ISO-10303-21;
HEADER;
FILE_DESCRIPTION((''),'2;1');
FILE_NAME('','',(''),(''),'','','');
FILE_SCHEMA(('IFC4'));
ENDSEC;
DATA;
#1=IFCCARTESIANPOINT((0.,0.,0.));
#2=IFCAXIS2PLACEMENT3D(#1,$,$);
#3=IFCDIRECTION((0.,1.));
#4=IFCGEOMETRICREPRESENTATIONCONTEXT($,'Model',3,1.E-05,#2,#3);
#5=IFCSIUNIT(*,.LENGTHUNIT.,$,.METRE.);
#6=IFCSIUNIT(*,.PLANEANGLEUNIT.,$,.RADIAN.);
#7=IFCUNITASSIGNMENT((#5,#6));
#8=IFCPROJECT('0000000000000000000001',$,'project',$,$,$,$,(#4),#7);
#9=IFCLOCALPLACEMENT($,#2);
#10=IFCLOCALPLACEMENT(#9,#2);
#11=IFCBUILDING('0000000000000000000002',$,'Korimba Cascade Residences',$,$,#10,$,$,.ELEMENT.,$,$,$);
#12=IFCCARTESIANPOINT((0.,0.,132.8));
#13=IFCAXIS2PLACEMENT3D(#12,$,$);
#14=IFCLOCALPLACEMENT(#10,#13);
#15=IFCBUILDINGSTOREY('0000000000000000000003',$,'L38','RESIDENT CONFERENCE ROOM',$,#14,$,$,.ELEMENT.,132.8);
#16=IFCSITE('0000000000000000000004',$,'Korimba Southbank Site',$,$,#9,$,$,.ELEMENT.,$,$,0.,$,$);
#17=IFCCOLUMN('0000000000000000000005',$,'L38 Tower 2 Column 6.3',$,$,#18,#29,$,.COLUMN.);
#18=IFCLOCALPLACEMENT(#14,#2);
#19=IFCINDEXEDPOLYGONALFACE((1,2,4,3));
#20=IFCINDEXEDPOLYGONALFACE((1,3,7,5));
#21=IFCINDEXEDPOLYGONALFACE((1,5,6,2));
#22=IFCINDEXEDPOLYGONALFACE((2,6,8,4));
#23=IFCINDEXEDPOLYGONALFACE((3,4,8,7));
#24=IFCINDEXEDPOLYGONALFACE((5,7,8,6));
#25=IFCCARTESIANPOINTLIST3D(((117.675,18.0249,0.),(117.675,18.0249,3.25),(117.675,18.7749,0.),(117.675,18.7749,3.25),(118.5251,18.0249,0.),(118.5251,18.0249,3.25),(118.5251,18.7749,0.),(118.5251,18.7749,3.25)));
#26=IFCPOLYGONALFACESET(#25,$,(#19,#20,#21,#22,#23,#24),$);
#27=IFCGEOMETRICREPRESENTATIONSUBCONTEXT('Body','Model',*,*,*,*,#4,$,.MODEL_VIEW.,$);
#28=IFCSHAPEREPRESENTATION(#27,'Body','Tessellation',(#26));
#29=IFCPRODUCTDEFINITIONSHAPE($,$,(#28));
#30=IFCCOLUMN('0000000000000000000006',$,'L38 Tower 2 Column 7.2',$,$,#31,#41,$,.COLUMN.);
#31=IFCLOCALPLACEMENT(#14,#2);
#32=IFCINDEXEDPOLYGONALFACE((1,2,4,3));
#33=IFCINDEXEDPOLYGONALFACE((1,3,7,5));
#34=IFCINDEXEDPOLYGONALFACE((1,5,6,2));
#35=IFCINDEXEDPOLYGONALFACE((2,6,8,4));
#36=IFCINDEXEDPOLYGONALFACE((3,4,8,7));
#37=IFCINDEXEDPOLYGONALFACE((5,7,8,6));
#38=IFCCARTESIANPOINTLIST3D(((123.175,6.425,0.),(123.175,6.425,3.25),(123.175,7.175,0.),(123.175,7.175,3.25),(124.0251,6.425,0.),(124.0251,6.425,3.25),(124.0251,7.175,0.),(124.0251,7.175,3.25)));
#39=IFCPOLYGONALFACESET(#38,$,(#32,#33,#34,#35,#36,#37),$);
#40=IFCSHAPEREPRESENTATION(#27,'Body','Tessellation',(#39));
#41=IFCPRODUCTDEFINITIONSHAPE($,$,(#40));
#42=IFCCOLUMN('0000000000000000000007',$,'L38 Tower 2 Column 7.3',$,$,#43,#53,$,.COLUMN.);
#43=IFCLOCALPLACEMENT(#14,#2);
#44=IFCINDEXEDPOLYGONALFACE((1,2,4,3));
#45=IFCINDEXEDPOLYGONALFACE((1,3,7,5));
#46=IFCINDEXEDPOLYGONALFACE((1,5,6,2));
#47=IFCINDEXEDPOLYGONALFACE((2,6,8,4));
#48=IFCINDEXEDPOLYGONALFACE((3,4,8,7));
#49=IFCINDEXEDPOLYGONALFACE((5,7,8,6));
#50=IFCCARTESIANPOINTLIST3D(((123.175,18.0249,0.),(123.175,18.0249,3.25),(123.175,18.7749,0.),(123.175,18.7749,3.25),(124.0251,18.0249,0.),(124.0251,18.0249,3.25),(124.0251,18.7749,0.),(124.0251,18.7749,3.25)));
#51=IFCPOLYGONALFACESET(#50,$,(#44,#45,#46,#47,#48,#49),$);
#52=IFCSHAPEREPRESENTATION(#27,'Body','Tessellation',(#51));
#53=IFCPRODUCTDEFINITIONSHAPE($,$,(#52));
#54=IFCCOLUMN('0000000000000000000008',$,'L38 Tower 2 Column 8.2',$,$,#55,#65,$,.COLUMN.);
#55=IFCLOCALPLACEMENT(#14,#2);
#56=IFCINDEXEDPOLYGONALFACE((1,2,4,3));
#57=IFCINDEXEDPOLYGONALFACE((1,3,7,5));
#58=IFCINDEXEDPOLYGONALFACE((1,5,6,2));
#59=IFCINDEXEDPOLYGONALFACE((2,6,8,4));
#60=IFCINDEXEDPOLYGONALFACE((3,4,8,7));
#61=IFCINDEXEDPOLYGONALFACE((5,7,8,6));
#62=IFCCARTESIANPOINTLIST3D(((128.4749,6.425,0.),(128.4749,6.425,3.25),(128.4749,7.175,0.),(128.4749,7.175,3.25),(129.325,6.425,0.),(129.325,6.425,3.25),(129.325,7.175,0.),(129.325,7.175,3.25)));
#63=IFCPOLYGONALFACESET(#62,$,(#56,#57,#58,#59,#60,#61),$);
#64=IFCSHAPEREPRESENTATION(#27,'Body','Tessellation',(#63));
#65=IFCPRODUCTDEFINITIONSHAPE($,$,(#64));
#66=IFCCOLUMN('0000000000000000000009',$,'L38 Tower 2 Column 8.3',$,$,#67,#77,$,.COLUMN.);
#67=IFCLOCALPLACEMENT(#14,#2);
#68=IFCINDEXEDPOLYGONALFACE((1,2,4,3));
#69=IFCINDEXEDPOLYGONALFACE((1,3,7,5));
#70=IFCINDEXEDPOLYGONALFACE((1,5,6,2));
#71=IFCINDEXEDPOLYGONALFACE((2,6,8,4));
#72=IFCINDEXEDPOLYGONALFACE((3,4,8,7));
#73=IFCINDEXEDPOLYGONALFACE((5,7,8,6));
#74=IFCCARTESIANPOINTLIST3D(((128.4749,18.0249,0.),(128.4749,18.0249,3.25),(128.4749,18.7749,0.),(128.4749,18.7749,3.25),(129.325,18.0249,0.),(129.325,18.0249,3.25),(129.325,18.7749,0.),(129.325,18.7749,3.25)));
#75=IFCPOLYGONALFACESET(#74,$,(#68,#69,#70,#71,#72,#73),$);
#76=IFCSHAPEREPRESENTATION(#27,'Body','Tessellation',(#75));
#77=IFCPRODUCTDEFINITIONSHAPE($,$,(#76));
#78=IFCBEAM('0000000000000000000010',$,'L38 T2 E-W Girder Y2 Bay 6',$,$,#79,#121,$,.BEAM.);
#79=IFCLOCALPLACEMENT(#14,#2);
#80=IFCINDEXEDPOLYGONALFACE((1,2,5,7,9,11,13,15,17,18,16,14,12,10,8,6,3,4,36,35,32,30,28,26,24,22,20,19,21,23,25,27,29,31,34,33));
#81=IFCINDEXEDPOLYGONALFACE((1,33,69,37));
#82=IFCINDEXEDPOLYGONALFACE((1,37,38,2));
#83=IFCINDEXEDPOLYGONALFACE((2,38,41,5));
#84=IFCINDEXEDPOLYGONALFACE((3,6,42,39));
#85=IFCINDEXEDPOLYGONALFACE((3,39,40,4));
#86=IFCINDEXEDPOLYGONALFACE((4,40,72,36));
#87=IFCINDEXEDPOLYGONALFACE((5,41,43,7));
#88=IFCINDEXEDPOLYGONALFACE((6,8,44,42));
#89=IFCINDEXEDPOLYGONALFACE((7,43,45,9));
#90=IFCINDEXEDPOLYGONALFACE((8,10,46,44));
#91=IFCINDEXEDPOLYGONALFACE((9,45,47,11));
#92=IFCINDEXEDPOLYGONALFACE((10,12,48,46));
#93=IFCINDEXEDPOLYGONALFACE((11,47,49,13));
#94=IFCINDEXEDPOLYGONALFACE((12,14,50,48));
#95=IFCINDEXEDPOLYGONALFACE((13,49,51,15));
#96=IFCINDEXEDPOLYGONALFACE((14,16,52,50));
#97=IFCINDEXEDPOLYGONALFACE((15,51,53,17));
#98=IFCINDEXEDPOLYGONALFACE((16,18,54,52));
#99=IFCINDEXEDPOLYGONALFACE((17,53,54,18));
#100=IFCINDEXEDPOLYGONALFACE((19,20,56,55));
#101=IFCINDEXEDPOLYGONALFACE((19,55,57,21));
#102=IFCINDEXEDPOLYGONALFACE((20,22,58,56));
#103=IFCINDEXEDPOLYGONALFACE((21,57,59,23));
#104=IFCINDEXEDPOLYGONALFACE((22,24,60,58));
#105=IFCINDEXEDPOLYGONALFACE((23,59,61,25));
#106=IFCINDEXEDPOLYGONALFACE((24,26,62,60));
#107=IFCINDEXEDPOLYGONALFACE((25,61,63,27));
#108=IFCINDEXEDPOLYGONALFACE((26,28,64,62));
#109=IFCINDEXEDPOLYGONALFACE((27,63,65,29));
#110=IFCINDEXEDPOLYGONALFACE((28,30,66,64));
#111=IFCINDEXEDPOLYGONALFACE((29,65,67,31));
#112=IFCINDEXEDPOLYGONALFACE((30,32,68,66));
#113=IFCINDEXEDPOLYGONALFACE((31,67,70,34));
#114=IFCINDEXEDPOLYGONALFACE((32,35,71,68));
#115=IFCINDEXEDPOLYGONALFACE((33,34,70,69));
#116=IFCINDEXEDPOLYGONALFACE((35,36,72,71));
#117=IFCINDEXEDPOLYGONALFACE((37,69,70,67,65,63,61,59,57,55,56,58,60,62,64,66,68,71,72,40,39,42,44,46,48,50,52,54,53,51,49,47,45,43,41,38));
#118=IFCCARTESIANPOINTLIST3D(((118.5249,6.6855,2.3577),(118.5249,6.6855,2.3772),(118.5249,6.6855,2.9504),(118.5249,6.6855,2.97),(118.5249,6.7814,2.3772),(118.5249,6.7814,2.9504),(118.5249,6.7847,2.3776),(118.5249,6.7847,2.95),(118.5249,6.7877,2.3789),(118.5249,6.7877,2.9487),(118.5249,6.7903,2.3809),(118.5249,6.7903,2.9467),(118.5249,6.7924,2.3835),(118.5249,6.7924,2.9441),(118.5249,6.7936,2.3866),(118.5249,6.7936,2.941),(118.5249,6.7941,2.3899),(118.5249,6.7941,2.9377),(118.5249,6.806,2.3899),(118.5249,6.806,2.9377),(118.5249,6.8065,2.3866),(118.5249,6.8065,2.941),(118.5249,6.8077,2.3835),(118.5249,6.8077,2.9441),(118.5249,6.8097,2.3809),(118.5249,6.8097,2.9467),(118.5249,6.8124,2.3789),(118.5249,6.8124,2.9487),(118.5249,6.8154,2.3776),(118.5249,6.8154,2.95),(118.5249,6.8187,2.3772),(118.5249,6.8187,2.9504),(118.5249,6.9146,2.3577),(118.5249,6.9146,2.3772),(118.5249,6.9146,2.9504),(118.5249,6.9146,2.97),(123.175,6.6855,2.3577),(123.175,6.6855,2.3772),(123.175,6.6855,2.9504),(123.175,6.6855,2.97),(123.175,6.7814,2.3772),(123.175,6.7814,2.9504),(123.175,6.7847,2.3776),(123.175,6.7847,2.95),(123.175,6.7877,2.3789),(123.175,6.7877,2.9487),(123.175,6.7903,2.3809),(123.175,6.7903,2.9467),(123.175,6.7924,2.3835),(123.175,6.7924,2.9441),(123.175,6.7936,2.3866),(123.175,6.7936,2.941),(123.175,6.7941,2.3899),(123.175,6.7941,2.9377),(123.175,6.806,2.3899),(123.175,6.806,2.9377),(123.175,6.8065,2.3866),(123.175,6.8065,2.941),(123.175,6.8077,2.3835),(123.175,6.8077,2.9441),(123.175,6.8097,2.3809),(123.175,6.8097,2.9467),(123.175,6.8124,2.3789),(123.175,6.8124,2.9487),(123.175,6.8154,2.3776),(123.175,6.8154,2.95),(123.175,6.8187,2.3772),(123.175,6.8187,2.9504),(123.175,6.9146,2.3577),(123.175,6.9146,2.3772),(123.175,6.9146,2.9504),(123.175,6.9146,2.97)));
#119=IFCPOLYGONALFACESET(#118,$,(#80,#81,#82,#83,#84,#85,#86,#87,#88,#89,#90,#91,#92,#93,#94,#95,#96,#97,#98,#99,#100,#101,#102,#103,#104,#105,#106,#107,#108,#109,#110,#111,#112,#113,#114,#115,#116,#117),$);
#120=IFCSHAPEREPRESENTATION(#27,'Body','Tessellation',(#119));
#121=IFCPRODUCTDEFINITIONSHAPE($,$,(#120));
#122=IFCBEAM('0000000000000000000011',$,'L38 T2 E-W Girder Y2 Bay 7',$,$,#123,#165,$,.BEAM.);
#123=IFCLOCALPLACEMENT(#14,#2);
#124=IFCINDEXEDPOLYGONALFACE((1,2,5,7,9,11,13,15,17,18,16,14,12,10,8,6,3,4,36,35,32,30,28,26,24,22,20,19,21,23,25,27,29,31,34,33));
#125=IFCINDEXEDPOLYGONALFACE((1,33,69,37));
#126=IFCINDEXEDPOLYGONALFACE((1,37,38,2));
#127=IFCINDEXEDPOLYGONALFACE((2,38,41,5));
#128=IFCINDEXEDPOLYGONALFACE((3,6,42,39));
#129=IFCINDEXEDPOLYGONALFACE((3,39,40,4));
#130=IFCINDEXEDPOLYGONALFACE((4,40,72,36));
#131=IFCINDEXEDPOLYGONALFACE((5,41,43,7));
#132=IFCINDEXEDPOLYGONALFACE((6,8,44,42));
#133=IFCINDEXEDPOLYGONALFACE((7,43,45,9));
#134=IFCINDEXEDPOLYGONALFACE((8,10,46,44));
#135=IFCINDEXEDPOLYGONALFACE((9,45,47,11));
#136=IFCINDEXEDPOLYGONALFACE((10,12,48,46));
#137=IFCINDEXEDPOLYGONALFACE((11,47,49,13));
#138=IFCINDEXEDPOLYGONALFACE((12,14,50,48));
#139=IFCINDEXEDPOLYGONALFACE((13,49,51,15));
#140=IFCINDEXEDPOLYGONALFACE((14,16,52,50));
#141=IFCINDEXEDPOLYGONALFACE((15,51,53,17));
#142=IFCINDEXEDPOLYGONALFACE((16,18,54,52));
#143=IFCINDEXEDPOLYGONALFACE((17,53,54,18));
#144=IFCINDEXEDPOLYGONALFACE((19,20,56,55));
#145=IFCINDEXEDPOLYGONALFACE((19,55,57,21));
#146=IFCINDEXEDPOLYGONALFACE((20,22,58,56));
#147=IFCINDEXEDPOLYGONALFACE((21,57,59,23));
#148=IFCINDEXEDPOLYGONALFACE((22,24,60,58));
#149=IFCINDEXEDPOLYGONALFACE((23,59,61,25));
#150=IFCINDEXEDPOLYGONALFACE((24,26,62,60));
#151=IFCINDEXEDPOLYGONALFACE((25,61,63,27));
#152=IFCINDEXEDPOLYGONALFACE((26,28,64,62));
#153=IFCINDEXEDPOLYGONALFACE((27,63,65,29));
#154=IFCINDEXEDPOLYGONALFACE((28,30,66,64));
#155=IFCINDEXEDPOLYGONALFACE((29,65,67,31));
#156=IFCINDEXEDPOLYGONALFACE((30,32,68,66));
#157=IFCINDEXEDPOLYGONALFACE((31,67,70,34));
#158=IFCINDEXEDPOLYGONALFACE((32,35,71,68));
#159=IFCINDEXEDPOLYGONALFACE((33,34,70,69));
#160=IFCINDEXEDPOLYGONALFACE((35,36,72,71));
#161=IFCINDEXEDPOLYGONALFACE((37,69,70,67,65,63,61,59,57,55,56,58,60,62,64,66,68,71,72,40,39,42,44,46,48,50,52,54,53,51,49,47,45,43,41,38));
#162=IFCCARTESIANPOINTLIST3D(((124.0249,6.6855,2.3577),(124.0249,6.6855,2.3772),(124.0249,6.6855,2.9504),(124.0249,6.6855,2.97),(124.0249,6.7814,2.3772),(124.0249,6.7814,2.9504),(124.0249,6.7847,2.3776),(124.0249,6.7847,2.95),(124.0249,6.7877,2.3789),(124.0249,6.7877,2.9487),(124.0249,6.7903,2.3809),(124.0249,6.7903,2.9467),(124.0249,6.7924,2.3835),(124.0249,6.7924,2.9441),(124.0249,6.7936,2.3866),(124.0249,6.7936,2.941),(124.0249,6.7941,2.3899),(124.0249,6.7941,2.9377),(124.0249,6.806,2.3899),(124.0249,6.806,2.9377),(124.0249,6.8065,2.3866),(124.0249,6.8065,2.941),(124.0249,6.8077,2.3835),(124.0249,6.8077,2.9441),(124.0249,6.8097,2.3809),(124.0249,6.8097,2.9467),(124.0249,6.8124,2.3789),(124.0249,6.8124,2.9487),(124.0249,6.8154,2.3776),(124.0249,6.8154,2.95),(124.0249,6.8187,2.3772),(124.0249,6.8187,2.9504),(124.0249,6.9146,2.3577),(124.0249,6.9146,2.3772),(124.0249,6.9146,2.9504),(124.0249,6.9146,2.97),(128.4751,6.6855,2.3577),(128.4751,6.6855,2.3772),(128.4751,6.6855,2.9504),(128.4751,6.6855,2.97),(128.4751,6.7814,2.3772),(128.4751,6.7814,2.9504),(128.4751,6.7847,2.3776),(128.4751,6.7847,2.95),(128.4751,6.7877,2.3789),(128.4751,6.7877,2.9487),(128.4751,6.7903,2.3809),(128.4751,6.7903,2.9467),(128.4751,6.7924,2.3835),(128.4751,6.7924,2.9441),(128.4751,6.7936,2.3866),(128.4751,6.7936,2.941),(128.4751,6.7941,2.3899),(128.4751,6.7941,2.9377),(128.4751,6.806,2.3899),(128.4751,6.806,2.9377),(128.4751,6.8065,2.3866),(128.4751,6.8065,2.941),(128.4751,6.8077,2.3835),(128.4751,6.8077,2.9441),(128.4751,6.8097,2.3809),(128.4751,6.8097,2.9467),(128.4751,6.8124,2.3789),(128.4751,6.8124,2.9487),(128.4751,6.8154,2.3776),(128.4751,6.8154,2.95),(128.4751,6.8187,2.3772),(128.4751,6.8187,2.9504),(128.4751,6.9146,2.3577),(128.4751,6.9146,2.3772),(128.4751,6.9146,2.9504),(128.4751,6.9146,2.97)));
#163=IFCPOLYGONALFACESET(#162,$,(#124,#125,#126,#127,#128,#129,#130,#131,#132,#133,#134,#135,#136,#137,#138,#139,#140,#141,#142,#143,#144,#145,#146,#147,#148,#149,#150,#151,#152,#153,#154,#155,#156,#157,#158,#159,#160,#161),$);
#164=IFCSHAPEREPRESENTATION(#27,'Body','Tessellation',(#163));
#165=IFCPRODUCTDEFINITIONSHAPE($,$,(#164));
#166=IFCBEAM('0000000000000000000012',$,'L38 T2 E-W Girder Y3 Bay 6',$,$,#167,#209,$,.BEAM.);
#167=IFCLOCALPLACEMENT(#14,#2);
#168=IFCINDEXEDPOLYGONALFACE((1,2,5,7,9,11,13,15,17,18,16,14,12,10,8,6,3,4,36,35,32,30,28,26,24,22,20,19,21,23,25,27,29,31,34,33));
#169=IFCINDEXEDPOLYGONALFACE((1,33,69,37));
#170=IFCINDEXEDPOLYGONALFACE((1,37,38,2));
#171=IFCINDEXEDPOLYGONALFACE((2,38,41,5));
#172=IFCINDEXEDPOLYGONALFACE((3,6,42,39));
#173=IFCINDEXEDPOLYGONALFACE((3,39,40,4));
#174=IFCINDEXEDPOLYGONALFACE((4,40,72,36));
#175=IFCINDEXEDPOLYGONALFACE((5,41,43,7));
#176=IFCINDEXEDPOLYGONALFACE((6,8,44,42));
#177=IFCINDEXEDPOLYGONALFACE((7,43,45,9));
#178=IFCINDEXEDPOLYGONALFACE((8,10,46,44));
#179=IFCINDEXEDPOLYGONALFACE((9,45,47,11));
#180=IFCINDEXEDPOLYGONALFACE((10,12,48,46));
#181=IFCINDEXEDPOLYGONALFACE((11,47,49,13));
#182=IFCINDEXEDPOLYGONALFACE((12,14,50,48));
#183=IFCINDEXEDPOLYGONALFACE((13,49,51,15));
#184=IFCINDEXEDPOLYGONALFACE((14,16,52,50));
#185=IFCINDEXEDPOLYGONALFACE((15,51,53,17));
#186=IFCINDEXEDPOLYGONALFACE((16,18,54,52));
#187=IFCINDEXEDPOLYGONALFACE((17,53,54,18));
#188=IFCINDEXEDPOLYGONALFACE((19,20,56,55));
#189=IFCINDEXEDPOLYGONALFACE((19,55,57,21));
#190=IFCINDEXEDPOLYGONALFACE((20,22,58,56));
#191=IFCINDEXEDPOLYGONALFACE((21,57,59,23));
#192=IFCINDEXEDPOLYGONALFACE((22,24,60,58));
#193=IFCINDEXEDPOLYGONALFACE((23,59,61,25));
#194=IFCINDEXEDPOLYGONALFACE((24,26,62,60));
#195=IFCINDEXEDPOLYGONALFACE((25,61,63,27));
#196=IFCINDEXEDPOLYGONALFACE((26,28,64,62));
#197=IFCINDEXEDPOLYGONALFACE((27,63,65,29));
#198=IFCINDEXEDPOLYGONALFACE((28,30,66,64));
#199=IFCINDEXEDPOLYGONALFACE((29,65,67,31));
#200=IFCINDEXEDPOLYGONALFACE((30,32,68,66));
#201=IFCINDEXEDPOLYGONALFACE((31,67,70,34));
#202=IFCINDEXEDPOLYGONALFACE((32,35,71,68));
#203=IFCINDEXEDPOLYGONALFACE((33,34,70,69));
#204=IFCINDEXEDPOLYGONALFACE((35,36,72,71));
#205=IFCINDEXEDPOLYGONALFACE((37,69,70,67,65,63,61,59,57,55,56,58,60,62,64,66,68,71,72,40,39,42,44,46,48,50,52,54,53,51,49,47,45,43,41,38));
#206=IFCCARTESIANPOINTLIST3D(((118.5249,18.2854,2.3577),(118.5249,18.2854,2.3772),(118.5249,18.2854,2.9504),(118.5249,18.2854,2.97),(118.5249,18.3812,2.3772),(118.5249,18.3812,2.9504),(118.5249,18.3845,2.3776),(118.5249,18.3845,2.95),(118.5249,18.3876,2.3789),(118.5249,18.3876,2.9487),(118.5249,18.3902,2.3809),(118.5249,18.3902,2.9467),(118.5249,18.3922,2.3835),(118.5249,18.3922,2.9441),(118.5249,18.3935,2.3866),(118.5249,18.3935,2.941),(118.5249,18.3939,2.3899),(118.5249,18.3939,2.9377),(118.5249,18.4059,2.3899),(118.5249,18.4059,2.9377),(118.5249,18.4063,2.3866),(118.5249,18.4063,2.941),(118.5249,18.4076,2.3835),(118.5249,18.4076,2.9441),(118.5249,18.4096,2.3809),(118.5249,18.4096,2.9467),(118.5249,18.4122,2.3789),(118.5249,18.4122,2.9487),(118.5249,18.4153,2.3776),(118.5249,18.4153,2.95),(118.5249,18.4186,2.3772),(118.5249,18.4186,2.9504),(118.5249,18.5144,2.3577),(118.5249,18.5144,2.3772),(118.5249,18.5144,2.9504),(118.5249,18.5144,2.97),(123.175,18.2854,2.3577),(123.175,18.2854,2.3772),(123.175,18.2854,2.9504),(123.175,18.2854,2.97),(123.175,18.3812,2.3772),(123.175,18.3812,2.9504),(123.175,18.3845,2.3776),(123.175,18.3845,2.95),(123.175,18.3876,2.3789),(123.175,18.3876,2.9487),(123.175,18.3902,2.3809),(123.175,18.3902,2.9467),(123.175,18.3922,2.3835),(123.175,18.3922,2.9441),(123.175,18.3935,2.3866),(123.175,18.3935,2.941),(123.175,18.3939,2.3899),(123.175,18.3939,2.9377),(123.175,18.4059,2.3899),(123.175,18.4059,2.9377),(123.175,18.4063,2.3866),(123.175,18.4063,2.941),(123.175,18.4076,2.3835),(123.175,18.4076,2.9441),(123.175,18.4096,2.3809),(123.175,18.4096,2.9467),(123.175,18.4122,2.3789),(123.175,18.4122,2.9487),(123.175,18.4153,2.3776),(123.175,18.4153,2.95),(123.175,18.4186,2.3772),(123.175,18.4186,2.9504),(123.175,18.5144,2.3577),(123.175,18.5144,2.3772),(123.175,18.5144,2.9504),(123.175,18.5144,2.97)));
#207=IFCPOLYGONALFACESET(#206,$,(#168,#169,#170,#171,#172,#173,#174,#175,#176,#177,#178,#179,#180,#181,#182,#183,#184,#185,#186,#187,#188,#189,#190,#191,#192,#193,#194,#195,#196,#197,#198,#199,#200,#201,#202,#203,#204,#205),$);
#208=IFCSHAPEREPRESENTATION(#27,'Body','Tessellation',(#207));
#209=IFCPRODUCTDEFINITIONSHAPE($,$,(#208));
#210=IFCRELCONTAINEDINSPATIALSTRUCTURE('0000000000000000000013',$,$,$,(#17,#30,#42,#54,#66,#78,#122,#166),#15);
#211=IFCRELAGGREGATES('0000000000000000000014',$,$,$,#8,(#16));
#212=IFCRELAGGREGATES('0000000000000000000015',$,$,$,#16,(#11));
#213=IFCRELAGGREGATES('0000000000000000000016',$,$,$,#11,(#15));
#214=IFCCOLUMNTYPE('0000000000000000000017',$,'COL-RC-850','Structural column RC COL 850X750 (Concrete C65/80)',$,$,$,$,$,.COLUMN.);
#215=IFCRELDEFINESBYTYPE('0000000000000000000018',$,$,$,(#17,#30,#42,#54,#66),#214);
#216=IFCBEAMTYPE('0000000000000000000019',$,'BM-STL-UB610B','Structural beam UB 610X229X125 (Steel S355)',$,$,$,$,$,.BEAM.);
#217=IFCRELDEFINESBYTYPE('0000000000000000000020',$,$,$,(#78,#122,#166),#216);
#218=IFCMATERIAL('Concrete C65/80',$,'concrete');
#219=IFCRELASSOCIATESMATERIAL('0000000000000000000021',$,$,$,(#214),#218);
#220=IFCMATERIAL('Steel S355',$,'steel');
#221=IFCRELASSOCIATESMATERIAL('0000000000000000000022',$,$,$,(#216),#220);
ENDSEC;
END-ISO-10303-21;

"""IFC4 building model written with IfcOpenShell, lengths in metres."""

from ifc_helpers import new_model, si_unit, direction, frame, origin, origin_2d, place, context, subcontext, project, spatial, rectangle, i_section, extrude, material, material_profile, profile_set, type_object, element, save


model = new_model("IFC4")

# Units and contexts
model_context = context("Model", 3, precision=1e-05, world=origin(), true_north=direction((0.0, 1.0)))
body_context = subcontext(model_context, "Body", "Model", "MODEL_VIEW")
ifc_project = project(units=[si_unit("LENGTHUNIT", "METRE"), si_unit("PLANEANGLEUNIT", "RADIAN")], contexts=[model_context])

# Site, building, storey
site_placement = place(None, origin())
site = spatial("IfcSite", under=ifc_project, at=site_placement, Name="Korimba Southbank Site", CompositionType="ELEMENT", RefElevation=0.0)
building_placement = place(site_placement, origin())
building = spatial("IfcBuilding", under=site, at=building_placement, Name="Korimba Cascade Residences", CompositionType="ELEMENT")
storey_placement = place(building_placement, frame((0.0, 0.0, 132.8)))
storey = spatial("IfcBuildingStorey", under=building, at=storey_placement, Name="L38", Description="RESIDENT CONFERENCE ROOM", CompositionType="ELEMENT", Elevation=132.8)

# Columns
ifc_material_1 = material(Name="Concrete C65/80", Category="concrete")
ifc_material_profile_1 = material_profile(ifc_material_1, rectangle(XDim=0.8501, YDim=0.75, at=origin_2d()), Name="Concrete C65/80")
ifc_profile_set_1 = profile_set([ifc_material_profile_1], Name="Concrete C65/80")
column_type = type_object("IfcColumnType", Name="COL-RC-850", Description="Structural column RC COL 850X750 (Concrete C65/80)", PredefinedType="COLUMN", material=ifc_profile_set_1)
for number, where, z_axis, x_axis, name in (
    (1, (118.1001, 18.3999, 0.0), (0.0, 0.0, 1.0), (1.0, 0.0, 0.0), "L38 Tower 2 Column 6.3"),
    (2, (123.6001, 6.8, 0.0), (0.0, 0.0, 1.0), (1.0, 0.0, 0.0), "L38 Tower 2 Column 7.2"),
    (3, (123.6001, 18.3999, 0.0), (0.0, 0.0, 1.0), (1.0, 0.0, 0.0), "L38 Tower 2 Column 7.3"),
    (4, (128.8999, 6.8, 0.0), (0.0, 0.0, 1.0), (1.0, 0.0, 0.0), "L38 Tower 2 Column 8.2"),
    (5, (128.8999, 18.3999, 0.0), (0.0, 0.0, 1.0), (1.0, 0.0, 0.0), "L38 Tower 2 Column 8.3"),
):
    element("IfcColumn", number, at=place(storey_placement, frame(where, z_axis=z_axis, x_axis=x_axis)), inside=storey, type_object=column_type, Name=name, PredefinedType="COLUMN", context=body_context, shape_type="SweptSolid", body=[
        extrude(rectangle(XDim=0.8501, YDim=0.75, at=origin_2d()), origin(), (0.0, 0.0, 1.0), 3.25),
    ])

# Beams
ifc_material_2 = material(Name="Steel S355", Category="steel")
ifc_material_profile_2 = material_profile(ifc_material_2, i_section(OverallWidth=0.229, OverallDepth=0.6123, WebThickness=0.012, FlangeThickness=0.0195, FilletRadius=0.0127, at=origin_2d()), Name="Steel S355")
ifc_profile_set_2 = profile_set([ifc_material_profile_2], Name="Steel S355")
beam_type_1 = type_object("IfcBeamType", Name="BM-STL-UB610B", Description="Structural beam UB 610X229X125 (Steel S355)", PredefinedType="BEAM", material=ifc_profile_set_2)
beam_1_placement = place(storey_placement, frame((118.5249, 6.8, 2.6638), z_axis=(1.0, 0.0, 0.0), x_axis=(0.0, 1.0, 0.0)))
element("IfcBeam", 6, at=beam_1_placement, inside=storey, type_object=beam_type_1, Name="L38 T2 E-W Girder Y2 Bay 6", PredefinedType="BEAM", context=body_context, shape_type="SweptSolid", body=[
    extrude(i_section(OverallWidth=0.229, OverallDepth=0.6123, WebThickness=0.012, FlangeThickness=0.0195, FilletRadius=0.0127, at=origin_2d()), origin(), (0.0, 0.0, 1.0), 4.6501),
])
beam_2_placement = place(storey_placement, frame((124.0249, 6.8, 2.6638), z_axis=(1.0, 0.0, 0.0), x_axis=(0.0, 1.0, 0.0)))
element("IfcBeam", 7, at=beam_2_placement, inside=storey, type_object=beam_type_1, Name="L38 T2 E-W Girder Y2 Bay 7", PredefinedType="BEAM", context=body_context, shape_type="SweptSolid", body=[
    extrude(i_section(OverallWidth=0.229, OverallDepth=0.6123, WebThickness=0.012, FlangeThickness=0.0195, FilletRadius=0.0127, at=origin_2d()), origin(), (0.0, 0.0, 1.0), 4.4502),
])
beam_3_placement = place(storey_placement, frame((118.5249, 18.3999, 2.6638), z_axis=(1.0, 0.0, 0.0), x_axis=(0.0, 1.0, 0.0)))
element("IfcBeam", 8, at=beam_3_placement, inside=storey, type_object=beam_type_1, Name="L38 T2 E-W Girder Y3 Bay 6", PredefinedType="BEAM", context=body_context, shape_type="SweptSolid", body=[
    extrude(i_section(OverallWidth=0.229, OverallDepth=0.6123, WebThickness=0.012, FlangeThickness=0.0195, FilletRadius=0.0127, at=origin_2d()), origin(), (0.0, 0.0, 1.0), 4.6501),
])

save(model, "model.ifc")
